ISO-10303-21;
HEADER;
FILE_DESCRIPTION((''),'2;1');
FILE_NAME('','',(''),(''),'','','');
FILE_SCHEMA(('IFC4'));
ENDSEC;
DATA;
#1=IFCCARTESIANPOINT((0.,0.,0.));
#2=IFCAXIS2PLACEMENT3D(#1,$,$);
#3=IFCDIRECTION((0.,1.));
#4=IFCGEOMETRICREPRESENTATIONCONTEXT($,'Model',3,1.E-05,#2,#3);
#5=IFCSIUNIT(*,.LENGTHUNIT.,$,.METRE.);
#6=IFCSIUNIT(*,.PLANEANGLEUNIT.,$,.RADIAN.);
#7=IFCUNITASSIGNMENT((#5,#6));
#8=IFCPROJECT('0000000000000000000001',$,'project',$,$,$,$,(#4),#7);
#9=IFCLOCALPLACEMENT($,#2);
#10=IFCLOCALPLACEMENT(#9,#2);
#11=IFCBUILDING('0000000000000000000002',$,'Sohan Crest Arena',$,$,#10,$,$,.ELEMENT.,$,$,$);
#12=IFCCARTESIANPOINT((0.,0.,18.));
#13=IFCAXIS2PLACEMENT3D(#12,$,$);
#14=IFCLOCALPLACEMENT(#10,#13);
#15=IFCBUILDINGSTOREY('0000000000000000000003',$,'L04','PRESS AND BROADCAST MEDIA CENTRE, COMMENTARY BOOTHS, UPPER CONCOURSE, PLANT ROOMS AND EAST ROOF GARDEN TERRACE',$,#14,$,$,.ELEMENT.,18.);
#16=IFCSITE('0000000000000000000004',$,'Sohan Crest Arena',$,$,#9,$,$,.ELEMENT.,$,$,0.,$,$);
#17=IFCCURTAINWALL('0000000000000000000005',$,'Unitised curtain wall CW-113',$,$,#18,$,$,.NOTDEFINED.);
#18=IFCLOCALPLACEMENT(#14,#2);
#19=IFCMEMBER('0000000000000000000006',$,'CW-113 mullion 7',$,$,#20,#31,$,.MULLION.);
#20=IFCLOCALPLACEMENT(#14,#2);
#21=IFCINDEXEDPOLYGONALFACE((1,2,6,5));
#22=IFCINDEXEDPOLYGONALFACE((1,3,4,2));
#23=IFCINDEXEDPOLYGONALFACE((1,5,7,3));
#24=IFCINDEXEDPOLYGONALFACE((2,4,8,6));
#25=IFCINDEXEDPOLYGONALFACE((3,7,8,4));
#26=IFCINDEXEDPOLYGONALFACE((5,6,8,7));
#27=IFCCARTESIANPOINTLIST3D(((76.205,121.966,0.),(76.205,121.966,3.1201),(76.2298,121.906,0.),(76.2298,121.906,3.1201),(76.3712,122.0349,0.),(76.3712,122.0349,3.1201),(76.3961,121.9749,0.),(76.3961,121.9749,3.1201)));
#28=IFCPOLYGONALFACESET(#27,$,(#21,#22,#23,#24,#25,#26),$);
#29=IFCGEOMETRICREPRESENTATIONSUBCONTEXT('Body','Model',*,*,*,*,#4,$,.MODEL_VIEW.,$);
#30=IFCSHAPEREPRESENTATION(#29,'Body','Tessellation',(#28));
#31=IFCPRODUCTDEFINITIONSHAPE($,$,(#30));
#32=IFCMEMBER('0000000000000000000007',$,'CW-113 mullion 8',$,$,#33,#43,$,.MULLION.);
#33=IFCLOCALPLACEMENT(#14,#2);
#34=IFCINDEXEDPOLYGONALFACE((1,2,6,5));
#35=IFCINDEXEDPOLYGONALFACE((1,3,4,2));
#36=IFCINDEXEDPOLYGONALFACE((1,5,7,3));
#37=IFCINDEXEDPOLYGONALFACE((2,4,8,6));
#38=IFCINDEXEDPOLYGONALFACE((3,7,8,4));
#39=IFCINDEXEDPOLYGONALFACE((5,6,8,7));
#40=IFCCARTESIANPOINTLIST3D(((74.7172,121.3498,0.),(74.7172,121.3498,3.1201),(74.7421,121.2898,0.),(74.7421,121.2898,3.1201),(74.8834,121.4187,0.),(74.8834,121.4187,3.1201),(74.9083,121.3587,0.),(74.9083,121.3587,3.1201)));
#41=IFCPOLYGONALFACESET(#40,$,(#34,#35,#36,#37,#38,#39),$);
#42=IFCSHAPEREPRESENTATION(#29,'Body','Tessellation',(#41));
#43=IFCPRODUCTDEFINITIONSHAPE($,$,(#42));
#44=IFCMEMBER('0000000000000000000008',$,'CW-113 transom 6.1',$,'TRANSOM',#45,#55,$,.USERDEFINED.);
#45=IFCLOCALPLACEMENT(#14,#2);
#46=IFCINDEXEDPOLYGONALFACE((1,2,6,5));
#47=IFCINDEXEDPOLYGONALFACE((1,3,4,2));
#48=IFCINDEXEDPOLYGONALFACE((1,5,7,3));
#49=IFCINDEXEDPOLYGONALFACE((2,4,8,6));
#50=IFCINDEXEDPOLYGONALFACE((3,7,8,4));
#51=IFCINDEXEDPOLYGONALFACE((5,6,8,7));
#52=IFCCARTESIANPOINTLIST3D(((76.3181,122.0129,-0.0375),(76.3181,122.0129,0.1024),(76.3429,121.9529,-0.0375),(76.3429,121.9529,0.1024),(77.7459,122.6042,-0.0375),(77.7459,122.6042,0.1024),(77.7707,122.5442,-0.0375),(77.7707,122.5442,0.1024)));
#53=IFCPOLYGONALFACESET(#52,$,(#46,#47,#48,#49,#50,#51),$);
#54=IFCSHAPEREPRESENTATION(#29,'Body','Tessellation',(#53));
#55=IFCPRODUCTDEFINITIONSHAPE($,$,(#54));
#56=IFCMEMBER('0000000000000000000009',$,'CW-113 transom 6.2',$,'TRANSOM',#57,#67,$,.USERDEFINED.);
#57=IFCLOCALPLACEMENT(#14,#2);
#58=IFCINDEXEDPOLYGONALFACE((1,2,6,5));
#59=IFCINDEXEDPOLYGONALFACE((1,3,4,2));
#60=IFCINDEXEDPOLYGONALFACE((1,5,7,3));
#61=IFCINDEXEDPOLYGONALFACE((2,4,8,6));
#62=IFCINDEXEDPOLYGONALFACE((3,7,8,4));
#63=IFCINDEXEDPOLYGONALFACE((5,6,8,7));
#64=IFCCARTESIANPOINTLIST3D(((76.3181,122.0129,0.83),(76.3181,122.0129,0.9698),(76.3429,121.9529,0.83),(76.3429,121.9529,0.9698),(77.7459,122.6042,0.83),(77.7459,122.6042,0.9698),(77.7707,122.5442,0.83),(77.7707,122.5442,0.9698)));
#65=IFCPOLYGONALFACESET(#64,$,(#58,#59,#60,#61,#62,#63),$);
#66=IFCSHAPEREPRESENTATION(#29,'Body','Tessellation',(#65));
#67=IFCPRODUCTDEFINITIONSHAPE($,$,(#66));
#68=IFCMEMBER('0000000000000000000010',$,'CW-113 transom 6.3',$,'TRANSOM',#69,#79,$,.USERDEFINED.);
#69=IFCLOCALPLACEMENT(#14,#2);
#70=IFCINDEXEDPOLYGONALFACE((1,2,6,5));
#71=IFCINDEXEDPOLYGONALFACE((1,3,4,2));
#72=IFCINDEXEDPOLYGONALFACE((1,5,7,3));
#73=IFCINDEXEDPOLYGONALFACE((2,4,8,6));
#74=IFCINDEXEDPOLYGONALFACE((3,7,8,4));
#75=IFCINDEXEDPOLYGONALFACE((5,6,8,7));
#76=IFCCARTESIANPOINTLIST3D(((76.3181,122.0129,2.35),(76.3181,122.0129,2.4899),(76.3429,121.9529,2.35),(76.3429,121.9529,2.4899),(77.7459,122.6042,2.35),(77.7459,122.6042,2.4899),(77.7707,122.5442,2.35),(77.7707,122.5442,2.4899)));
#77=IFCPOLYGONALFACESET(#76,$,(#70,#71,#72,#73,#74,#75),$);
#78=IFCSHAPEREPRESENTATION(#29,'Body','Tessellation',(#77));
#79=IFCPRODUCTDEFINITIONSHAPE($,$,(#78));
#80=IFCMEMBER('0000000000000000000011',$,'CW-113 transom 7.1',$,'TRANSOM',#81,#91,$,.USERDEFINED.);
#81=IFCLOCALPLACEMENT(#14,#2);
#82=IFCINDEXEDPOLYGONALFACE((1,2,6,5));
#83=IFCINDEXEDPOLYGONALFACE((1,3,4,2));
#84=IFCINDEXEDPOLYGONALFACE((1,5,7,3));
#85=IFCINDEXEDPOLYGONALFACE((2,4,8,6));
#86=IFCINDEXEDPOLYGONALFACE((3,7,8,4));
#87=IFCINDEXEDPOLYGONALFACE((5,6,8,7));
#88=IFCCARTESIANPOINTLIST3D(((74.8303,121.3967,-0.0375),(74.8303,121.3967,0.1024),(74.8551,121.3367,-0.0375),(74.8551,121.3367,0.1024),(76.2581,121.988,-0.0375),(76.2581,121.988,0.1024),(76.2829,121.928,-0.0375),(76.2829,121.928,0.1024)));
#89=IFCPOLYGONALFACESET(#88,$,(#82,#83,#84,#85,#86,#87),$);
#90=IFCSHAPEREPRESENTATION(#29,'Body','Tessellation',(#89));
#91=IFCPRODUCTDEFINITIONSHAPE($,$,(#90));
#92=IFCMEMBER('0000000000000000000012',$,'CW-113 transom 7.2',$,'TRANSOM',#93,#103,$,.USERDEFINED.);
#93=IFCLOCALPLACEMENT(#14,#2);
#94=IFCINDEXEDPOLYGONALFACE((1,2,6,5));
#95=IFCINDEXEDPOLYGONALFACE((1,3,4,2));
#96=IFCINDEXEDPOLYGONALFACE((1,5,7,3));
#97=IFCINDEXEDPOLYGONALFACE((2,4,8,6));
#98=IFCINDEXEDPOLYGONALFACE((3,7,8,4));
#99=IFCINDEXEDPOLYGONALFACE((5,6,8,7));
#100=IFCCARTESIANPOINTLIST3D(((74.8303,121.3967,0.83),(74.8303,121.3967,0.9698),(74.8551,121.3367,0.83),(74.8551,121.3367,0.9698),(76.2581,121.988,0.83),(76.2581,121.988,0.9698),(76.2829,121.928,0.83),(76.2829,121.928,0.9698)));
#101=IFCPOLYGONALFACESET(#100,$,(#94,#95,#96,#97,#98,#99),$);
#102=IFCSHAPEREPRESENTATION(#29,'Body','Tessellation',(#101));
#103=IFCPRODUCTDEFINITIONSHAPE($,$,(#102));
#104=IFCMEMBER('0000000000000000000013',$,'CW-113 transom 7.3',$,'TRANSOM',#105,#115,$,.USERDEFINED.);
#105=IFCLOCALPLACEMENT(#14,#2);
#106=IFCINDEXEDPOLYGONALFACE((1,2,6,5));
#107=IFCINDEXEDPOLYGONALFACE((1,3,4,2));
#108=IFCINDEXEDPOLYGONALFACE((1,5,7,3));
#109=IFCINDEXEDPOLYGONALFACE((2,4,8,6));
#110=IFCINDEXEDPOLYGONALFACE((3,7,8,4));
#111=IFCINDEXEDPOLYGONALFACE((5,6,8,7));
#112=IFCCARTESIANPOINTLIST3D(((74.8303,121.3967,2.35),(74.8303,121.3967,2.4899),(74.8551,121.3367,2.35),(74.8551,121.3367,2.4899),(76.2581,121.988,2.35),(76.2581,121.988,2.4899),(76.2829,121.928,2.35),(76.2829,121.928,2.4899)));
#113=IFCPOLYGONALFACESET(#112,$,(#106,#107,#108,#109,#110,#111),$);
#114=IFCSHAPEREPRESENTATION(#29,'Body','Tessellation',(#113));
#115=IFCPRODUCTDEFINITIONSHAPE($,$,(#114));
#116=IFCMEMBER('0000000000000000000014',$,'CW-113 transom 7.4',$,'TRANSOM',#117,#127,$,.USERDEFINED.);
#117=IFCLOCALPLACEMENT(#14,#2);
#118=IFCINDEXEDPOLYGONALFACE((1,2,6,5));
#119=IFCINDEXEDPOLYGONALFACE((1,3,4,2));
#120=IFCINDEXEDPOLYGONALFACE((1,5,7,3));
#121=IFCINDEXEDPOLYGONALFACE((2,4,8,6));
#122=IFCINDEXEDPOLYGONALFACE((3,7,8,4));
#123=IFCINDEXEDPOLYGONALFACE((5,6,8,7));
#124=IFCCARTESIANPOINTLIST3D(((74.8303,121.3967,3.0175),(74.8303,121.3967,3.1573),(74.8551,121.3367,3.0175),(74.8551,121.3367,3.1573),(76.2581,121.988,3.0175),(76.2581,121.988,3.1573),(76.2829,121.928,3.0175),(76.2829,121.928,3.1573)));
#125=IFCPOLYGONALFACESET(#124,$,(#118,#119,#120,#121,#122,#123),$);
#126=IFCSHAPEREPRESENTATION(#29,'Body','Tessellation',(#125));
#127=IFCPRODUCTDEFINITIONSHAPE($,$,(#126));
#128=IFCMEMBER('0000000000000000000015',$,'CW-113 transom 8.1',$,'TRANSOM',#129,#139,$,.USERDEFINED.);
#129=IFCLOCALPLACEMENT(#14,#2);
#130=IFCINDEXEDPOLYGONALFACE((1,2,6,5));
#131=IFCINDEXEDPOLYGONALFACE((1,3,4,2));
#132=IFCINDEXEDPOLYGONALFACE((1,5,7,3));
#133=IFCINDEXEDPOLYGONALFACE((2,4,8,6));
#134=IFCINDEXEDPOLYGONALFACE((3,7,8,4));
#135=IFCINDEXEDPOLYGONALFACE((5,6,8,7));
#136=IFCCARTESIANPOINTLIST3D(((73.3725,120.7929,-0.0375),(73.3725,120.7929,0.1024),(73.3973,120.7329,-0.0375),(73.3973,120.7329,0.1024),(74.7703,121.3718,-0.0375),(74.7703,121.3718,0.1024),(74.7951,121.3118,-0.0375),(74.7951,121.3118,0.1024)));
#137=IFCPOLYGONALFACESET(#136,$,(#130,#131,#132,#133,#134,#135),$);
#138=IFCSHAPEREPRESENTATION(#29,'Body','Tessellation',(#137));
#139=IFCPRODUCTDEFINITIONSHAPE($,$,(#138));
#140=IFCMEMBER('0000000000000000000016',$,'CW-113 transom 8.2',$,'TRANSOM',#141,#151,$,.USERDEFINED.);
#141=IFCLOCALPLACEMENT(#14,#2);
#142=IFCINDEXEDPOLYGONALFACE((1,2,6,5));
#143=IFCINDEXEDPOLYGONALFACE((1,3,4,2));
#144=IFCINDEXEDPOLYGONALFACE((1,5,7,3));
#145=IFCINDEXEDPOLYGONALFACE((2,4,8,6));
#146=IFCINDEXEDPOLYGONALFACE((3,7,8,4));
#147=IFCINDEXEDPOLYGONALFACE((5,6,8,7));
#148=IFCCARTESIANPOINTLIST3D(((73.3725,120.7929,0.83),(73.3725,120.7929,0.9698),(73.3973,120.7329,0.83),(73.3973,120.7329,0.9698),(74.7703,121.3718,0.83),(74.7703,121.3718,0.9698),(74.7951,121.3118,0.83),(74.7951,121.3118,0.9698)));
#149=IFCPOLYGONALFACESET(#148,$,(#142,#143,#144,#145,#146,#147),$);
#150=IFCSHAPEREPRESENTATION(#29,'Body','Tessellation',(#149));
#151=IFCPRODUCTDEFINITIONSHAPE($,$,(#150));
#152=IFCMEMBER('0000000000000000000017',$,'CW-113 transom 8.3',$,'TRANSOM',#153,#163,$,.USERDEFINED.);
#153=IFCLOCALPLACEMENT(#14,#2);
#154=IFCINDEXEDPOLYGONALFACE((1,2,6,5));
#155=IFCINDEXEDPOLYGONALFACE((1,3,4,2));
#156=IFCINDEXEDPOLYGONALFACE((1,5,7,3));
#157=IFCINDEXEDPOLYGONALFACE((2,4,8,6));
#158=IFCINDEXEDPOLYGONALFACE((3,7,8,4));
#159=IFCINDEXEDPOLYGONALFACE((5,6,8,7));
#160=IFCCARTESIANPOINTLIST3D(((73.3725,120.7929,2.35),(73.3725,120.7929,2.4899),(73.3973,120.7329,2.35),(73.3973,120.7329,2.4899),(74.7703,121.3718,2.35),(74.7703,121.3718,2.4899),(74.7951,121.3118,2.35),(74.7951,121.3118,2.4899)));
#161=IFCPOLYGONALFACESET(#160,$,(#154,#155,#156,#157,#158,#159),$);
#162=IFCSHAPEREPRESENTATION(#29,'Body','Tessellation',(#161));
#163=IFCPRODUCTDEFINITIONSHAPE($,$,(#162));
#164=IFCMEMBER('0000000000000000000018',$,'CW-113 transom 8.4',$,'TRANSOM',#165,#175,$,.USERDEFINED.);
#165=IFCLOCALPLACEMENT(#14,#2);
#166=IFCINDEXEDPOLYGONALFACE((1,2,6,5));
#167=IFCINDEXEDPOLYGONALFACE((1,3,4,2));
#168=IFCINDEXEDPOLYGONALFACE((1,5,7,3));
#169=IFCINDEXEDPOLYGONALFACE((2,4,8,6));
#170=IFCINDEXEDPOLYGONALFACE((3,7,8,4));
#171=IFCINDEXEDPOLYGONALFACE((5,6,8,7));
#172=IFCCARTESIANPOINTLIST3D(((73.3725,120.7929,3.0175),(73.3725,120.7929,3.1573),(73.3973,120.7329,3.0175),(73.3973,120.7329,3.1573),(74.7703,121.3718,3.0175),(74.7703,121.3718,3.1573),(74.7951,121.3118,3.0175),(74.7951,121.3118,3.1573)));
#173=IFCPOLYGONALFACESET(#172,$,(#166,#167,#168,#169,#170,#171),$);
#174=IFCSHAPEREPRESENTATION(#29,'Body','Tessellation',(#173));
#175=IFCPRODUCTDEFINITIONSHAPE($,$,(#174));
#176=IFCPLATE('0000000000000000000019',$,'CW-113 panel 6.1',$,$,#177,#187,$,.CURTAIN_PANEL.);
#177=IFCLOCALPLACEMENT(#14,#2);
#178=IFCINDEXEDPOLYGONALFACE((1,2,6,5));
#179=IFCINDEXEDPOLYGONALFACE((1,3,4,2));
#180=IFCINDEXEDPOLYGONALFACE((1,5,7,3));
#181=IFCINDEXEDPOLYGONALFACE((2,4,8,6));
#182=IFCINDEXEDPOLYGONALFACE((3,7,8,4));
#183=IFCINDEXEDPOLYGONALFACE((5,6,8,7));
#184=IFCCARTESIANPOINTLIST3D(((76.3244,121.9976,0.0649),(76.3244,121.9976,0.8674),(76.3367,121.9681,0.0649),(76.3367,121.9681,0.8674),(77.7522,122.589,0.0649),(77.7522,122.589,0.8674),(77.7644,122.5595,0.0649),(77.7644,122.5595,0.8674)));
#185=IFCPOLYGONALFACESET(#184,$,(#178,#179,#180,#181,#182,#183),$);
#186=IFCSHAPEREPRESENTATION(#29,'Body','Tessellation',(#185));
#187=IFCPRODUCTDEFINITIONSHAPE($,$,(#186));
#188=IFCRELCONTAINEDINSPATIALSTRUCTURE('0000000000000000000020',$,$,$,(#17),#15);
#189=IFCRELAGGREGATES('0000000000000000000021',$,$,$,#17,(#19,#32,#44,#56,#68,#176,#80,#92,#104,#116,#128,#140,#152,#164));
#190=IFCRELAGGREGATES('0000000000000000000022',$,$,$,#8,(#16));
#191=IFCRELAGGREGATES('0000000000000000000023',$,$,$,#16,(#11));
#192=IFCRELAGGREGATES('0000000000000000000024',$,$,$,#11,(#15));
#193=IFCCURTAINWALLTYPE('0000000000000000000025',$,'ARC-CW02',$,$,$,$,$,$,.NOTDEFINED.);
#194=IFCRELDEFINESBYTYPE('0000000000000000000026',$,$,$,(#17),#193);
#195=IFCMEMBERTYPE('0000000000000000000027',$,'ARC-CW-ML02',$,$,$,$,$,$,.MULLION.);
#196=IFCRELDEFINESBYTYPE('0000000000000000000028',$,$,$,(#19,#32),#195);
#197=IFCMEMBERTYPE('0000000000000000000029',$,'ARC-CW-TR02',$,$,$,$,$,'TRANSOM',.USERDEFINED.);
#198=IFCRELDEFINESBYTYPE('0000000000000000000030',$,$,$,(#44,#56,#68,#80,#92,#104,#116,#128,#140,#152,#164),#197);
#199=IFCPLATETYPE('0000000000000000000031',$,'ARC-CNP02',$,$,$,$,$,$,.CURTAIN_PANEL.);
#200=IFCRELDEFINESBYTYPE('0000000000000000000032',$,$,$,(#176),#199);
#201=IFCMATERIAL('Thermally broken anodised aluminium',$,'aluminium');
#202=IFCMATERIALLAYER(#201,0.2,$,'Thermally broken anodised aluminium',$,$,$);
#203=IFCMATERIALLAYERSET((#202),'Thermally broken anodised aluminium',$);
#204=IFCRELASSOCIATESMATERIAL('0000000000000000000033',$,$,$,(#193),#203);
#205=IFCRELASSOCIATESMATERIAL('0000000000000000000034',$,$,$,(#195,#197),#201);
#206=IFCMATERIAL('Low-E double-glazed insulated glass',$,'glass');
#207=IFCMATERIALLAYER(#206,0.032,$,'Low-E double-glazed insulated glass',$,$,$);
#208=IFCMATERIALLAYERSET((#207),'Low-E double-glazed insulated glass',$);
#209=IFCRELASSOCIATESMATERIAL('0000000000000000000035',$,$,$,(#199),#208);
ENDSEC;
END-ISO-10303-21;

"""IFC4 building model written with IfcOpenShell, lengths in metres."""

from ifc_helpers import new_model, si_unit, direction, frame, origin, origin_2d, place, context, subcontext, project, spatial, rectangle, extrude, material, layer, layer_set, material_profile, profile_set, type_object, element, aggregate, save


model = new_model("IFC4")

# Units and contexts
model_context = context("Model", 3, precision=1e-05, world=origin(), true_north=direction((0.0, 1.0)))
body_context = subcontext(model_context, "Body", "Model", "MODEL_VIEW")
ifc_project = project(units=[si_unit("LENGTHUNIT", "METRE"), si_unit("PLANEANGLEUNIT", "RADIAN")], contexts=[model_context])

# Site, building, storey
site_placement = place(None, origin())
site = spatial("IfcSite", under=ifc_project, at=site_placement, Name="Sohan Crest Arena", CompositionType="ELEMENT", RefElevation=0.0)
building_placement = place(site_placement, origin())
building = spatial("IfcBuilding", under=site, at=building_placement, Name="Sohan Crest Arena", CompositionType="ELEMENT")
storey_placement = place(building_placement, frame((0.0, 0.0, 18.0)))
storey = spatial("IfcBuildingStorey", under=building, at=storey_placement, Name="L04", Description="PRESS AND BROADCAST MEDIA CENTRE, COMMENTARY BOOTHS, UPPER CONCOURSE, PLANT ROOMS AND EAST ROOF GARDEN TERRACE", CompositionType="ELEMENT", Elevation=18.0)

# Curtain wall, members, plate
ifc_material_1 = material(Name="Thermally broken anodised aluminium", Category="aluminium")
ifc_layer_1 = layer(ifc_material_1, 0.2, Name="Thermally broken anodised aluminium")
ifc_layer_set_1 = layer_set([ifc_layer_1], Name="Thermally broken anodised aluminium")
curtain_wall_type = type_object("IfcCurtainWallType", Name="ARC-CW02", PredefinedType="NOTDEFINED", material=ifc_layer_set_1)
curtain_wall_placement = place(storey_placement, origin())
curtain_wall = element("IfcCurtainWall", 1, at=curtain_wall_placement, inside=storey, type_object=curtain_wall_type, Name="Unitised curtain wall CW-113", PredefinedType="NOTDEFINED")
ifc_material_profile_1 = material_profile(ifc_material_1, rectangle(XDim=0.0649, YDim=0.1799, at=origin_2d()), Name="ALU-MULL 65x180")
ifc_profile_set_1 = profile_set([ifc_material_profile_1], Name="Thermally broken anodised aluminium")
member_type_1 = type_object("IfcMemberType", Name="ARC-CW-ML02", PredefinedType="MULLION", material=ifc_profile_set_1)
member_1_placement = place(storey_placement, frame((76.3005, 121.9705, 0.0), z_axis=(0.0, 0.0, 1.0), x_axis=(0.382685, -0.923879, 0.0)))
member_1 = element("IfcMember", 2, at=member_1_placement, type_object=member_type_1, Name="CW-113 mullion 7", PredefinedType="MULLION", context=body_context, shape_type="SweptSolid", body=[
    extrude(rectangle(XDim=0.0649, YDim=0.1799, at=origin_2d()), origin(), (0.0, 0.0, 1.0), 3.1201),
])
member_2_placement = place(storey_placement, frame((74.8127, 121.3542, 0.0), z_axis=(0.0, 0.0, 1.0), x_axis=(0.382685, -0.923879, 0.0)))
member_2 = element("IfcMember", 3, at=member_2_placement, type_object=member_type_1, Name="CW-113 mullion 8", PredefinedType="MULLION", context=body_context, shape_type="SweptSolid", body=[
    extrude(rectangle(XDim=0.0649, YDim=0.1799, at=origin_2d()), origin(), (0.0, 0.0, 1.0), 3.1201),
])
ifc_material_profile_2 = material_profile(ifc_material_1, rectangle(XDim=0.0649, YDim=0.1399, at=origin_2d()), Name="ALU-TRAN 65x140")
ifc_profile_set_2 = profile_set([ifc_material_profile_2], Name="Thermally broken anodised aluminium")
member_type_2 = type_object("IfcMemberType", Name="ARC-CW-TR02", ElementType="TRANSOM", PredefinedType="USERDEFINED", material=ifc_profile_set_2)
member_3_placement = place(storey_placement, frame((77.7583, 122.5742, 0.0325), z_axis=(-0.923897, -0.38264, 0.0), x_axis=(0.38264, -0.923897, 0.0)))
member_3 = element("IfcMember", 4, at=member_3_placement, type_object=member_type_2, Name="CW-113 transom 6.1", ObjectType="TRANSOM", PredefinedType="USERDEFINED", context=body_context, shape_type="SweptSolid", body=[
    extrude(rectangle(XDim=0.0649, YDim=0.1399, at=origin_2d()), origin(), (0.0, 0.0, 1.0), 1.5454),
])
member_4_placement = place(storey_placement, frame((77.7583, 122.5742, 0.8999), z_axis=(-0.923897, -0.38264, 0.0), x_axis=(0.38264, -0.923897, 0.0)))
member_4 = element("IfcMember", 5, at=member_4_placement, type_object=member_type_2, Name="CW-113 transom 6.2", ObjectType="TRANSOM", PredefinedType="USERDEFINED", context=body_context, shape_type="SweptSolid", body=[
    extrude(rectangle(XDim=0.0649, YDim=0.1399, at=origin_2d()), origin(), (0.0, 0.0, 1.0), 1.5454),
])
member_5_placement = place(storey_placement, frame((77.7583, 122.5742, 2.4199), z_axis=(-0.923897, -0.38264, 0.0), x_axis=(0.38264, -0.923897, 0.0)))
member_5 = element("IfcMember", 6, at=member_5_placement, type_object=member_type_2, Name="CW-113 transom 6.3", ObjectType="TRANSOM", PredefinedType="USERDEFINED", context=body_context, shape_type="SweptSolid", body=[
    extrude(rectangle(XDim=0.0649, YDim=0.1399, at=origin_2d()), origin(), (0.0, 0.0, 1.0), 1.5454),
])
member_6_placement = place(storey_placement, frame((76.2705, 121.958, 0.0325), z_axis=(-0.923897, -0.38264, 0.0), x_axis=(0.38264, -0.923897, 0.0)))
member_6 = element("IfcMember", 7, at=member_6_placement, type_object=member_type_2, Name="CW-113 transom 7.1", ObjectType="TRANSOM", PredefinedType="USERDEFINED", context=body_context, shape_type="SweptSolid", body=[
    extrude(rectangle(XDim=0.0649, YDim=0.1399, at=origin_2d()), origin(), (0.0, 0.0, 1.0), 1.5454),
])
member_7_placement = place(storey_placement, frame((76.2705, 121.958, 0.8999), z_axis=(-0.923897, -0.38264, 0.0), x_axis=(0.38264, -0.923897, 0.0)))
member_7 = element("IfcMember", 8, at=member_7_placement, type_object=member_type_2, Name="CW-113 transom 7.2", ObjectType="TRANSOM", PredefinedType="USERDEFINED", context=body_context, shape_type="SweptSolid", body=[
    extrude(rectangle(XDim=0.0649, YDim=0.1399, at=origin_2d()), origin(), (0.0, 0.0, 1.0), 1.5454),
])
member_8_placement = place(storey_placement, frame((76.2705, 121.958, 2.4199), z_axis=(-0.923897, -0.38264, 0.0), x_axis=(0.38264, -0.923897, 0.0)))
member_8 = element("IfcMember", 9, at=member_8_placement, type_object=member_type_2, Name="CW-113 transom 7.3", ObjectType="TRANSOM", PredefinedType="USERDEFINED", context=body_context, shape_type="SweptSolid", body=[
    extrude(rectangle(XDim=0.0649, YDim=0.1399, at=origin_2d()), origin(), (0.0, 0.0, 1.0), 1.5454),
])
member_9_placement = place(storey_placement, frame((76.2705, 121.958, 3.0874), z_axis=(-0.923897, -0.38264, 0.0), x_axis=(0.38264, -0.923897, 0.0)))
member_9 = element("IfcMember", 10, at=member_9_placement, type_object=member_type_2, Name="CW-113 transom 7.4", ObjectType="TRANSOM", PredefinedType="USERDEFINED", context=body_context, shape_type="SweptSolid", body=[
    extrude(rectangle(XDim=0.0649, YDim=0.1399, at=origin_2d()), origin(), (0.0, 0.0, 1.0), 1.5454),
])
member_10_placement = place(storey_placement, frame((74.7827, 121.3418, 0.0325), z_axis=(-0.923901, -0.382632, 0.0), x_axis=(0.382632, -0.923901, 0.0)))
member_10 = element("IfcMember", 11, at=member_10_placement, type_object=member_type_2, Name="CW-113 transom 8.1", ObjectType="TRANSOM", PredefinedType="USERDEFINED", context=body_context, shape_type="SweptSolid", body=[
    extrude(rectangle(XDim=0.0649, YDim=0.1399, at=origin_2d()), origin(), (0.0, 0.0, 1.0), 1.5129),
])
member_11_placement = place(storey_placement, frame((74.7827, 121.3418, 0.8999), z_axis=(-0.923901, -0.382632, 0.0), x_axis=(0.382632, -0.923901, 0.0)))
member_11 = element("IfcMember", 12, at=member_11_placement, type_object=member_type_2, Name="CW-113 transom 8.2", ObjectType="TRANSOM", PredefinedType="USERDEFINED", context=body_context, shape_type="SweptSolid", body=[
    extrude(rectangle(XDim=0.0649, YDim=0.1399, at=origin_2d()), origin(), (0.0, 0.0, 1.0), 1.5129),
])
member_12_placement = place(storey_placement, frame((74.7827, 121.3418, 2.4199), z_axis=(-0.923901, -0.382632, 0.0), x_axis=(0.382632, -0.923901, 0.0)))
member_12 = element("IfcMember", 13, at=member_12_placement, type_object=member_type_2, Name="CW-113 transom 8.3", ObjectType="TRANSOM", PredefinedType="USERDEFINED", context=body_context, shape_type="SweptSolid", body=[
    extrude(rectangle(XDim=0.0649, YDim=0.1399, at=origin_2d()), origin(), (0.0, 0.0, 1.0), 1.5129),
])
member_13_placement = place(storey_placement, frame((74.7827, 121.3418, 3.0874), z_axis=(-0.923901, -0.382632, 0.0), x_axis=(0.382632, -0.923901, 0.0)))
member_13 = element("IfcMember", 14, at=member_13_placement, type_object=member_type_2, Name="CW-113 transom 8.4", ObjectType="TRANSOM", PredefinedType="USERDEFINED", context=body_context, shape_type="SweptSolid", body=[
    extrude(rectangle(XDim=0.0649, YDim=0.1399, at=origin_2d()), origin(), (0.0, 0.0, 1.0), 1.5129),
])
ifc_material_2 = material(Name="Low-E double-glazed insulated glass", Category="glass")
ifc_layer_2 = layer(ifc_material_2, 0.032, Name="Low-E double-glazed insulated glass")
ifc_layer_set_2 = layer_set([ifc_layer_2], Name="Low-E double-glazed insulated glass")
plate_type = type_object("IfcPlateType", Name="ARC-CNP02", PredefinedType="CURTAIN_PANEL", material=ifc_layer_set_2)
plate_1_placement = place(storey_placement, frame((77.0444, 122.2786, 0.0649), z_axis=(0.0, 0.0, 1.0), x_axis=(-0.923879, -0.382685, 0.0)))
plate_1 = element("IfcPlate", 15, at=plate_1_placement, type_object=plate_type, Name="CW-113 panel 6.1", PredefinedType="CURTAIN_PANEL", context=body_context, shape_type="SweptSolid", body=[
    extrude(rectangle(XDim=1.5454, YDim=0.032, at=origin_2d()), origin(), (0.0, 0.0, 1.0), 0.8025),
])
aggregate(curtain_wall, [member_1, member_2, member_3, member_4, member_5, plate_1, member_6, member_7, member_8, member_9, member_10, member_11, member_12, member_13])

save(model, "model.ifc")
